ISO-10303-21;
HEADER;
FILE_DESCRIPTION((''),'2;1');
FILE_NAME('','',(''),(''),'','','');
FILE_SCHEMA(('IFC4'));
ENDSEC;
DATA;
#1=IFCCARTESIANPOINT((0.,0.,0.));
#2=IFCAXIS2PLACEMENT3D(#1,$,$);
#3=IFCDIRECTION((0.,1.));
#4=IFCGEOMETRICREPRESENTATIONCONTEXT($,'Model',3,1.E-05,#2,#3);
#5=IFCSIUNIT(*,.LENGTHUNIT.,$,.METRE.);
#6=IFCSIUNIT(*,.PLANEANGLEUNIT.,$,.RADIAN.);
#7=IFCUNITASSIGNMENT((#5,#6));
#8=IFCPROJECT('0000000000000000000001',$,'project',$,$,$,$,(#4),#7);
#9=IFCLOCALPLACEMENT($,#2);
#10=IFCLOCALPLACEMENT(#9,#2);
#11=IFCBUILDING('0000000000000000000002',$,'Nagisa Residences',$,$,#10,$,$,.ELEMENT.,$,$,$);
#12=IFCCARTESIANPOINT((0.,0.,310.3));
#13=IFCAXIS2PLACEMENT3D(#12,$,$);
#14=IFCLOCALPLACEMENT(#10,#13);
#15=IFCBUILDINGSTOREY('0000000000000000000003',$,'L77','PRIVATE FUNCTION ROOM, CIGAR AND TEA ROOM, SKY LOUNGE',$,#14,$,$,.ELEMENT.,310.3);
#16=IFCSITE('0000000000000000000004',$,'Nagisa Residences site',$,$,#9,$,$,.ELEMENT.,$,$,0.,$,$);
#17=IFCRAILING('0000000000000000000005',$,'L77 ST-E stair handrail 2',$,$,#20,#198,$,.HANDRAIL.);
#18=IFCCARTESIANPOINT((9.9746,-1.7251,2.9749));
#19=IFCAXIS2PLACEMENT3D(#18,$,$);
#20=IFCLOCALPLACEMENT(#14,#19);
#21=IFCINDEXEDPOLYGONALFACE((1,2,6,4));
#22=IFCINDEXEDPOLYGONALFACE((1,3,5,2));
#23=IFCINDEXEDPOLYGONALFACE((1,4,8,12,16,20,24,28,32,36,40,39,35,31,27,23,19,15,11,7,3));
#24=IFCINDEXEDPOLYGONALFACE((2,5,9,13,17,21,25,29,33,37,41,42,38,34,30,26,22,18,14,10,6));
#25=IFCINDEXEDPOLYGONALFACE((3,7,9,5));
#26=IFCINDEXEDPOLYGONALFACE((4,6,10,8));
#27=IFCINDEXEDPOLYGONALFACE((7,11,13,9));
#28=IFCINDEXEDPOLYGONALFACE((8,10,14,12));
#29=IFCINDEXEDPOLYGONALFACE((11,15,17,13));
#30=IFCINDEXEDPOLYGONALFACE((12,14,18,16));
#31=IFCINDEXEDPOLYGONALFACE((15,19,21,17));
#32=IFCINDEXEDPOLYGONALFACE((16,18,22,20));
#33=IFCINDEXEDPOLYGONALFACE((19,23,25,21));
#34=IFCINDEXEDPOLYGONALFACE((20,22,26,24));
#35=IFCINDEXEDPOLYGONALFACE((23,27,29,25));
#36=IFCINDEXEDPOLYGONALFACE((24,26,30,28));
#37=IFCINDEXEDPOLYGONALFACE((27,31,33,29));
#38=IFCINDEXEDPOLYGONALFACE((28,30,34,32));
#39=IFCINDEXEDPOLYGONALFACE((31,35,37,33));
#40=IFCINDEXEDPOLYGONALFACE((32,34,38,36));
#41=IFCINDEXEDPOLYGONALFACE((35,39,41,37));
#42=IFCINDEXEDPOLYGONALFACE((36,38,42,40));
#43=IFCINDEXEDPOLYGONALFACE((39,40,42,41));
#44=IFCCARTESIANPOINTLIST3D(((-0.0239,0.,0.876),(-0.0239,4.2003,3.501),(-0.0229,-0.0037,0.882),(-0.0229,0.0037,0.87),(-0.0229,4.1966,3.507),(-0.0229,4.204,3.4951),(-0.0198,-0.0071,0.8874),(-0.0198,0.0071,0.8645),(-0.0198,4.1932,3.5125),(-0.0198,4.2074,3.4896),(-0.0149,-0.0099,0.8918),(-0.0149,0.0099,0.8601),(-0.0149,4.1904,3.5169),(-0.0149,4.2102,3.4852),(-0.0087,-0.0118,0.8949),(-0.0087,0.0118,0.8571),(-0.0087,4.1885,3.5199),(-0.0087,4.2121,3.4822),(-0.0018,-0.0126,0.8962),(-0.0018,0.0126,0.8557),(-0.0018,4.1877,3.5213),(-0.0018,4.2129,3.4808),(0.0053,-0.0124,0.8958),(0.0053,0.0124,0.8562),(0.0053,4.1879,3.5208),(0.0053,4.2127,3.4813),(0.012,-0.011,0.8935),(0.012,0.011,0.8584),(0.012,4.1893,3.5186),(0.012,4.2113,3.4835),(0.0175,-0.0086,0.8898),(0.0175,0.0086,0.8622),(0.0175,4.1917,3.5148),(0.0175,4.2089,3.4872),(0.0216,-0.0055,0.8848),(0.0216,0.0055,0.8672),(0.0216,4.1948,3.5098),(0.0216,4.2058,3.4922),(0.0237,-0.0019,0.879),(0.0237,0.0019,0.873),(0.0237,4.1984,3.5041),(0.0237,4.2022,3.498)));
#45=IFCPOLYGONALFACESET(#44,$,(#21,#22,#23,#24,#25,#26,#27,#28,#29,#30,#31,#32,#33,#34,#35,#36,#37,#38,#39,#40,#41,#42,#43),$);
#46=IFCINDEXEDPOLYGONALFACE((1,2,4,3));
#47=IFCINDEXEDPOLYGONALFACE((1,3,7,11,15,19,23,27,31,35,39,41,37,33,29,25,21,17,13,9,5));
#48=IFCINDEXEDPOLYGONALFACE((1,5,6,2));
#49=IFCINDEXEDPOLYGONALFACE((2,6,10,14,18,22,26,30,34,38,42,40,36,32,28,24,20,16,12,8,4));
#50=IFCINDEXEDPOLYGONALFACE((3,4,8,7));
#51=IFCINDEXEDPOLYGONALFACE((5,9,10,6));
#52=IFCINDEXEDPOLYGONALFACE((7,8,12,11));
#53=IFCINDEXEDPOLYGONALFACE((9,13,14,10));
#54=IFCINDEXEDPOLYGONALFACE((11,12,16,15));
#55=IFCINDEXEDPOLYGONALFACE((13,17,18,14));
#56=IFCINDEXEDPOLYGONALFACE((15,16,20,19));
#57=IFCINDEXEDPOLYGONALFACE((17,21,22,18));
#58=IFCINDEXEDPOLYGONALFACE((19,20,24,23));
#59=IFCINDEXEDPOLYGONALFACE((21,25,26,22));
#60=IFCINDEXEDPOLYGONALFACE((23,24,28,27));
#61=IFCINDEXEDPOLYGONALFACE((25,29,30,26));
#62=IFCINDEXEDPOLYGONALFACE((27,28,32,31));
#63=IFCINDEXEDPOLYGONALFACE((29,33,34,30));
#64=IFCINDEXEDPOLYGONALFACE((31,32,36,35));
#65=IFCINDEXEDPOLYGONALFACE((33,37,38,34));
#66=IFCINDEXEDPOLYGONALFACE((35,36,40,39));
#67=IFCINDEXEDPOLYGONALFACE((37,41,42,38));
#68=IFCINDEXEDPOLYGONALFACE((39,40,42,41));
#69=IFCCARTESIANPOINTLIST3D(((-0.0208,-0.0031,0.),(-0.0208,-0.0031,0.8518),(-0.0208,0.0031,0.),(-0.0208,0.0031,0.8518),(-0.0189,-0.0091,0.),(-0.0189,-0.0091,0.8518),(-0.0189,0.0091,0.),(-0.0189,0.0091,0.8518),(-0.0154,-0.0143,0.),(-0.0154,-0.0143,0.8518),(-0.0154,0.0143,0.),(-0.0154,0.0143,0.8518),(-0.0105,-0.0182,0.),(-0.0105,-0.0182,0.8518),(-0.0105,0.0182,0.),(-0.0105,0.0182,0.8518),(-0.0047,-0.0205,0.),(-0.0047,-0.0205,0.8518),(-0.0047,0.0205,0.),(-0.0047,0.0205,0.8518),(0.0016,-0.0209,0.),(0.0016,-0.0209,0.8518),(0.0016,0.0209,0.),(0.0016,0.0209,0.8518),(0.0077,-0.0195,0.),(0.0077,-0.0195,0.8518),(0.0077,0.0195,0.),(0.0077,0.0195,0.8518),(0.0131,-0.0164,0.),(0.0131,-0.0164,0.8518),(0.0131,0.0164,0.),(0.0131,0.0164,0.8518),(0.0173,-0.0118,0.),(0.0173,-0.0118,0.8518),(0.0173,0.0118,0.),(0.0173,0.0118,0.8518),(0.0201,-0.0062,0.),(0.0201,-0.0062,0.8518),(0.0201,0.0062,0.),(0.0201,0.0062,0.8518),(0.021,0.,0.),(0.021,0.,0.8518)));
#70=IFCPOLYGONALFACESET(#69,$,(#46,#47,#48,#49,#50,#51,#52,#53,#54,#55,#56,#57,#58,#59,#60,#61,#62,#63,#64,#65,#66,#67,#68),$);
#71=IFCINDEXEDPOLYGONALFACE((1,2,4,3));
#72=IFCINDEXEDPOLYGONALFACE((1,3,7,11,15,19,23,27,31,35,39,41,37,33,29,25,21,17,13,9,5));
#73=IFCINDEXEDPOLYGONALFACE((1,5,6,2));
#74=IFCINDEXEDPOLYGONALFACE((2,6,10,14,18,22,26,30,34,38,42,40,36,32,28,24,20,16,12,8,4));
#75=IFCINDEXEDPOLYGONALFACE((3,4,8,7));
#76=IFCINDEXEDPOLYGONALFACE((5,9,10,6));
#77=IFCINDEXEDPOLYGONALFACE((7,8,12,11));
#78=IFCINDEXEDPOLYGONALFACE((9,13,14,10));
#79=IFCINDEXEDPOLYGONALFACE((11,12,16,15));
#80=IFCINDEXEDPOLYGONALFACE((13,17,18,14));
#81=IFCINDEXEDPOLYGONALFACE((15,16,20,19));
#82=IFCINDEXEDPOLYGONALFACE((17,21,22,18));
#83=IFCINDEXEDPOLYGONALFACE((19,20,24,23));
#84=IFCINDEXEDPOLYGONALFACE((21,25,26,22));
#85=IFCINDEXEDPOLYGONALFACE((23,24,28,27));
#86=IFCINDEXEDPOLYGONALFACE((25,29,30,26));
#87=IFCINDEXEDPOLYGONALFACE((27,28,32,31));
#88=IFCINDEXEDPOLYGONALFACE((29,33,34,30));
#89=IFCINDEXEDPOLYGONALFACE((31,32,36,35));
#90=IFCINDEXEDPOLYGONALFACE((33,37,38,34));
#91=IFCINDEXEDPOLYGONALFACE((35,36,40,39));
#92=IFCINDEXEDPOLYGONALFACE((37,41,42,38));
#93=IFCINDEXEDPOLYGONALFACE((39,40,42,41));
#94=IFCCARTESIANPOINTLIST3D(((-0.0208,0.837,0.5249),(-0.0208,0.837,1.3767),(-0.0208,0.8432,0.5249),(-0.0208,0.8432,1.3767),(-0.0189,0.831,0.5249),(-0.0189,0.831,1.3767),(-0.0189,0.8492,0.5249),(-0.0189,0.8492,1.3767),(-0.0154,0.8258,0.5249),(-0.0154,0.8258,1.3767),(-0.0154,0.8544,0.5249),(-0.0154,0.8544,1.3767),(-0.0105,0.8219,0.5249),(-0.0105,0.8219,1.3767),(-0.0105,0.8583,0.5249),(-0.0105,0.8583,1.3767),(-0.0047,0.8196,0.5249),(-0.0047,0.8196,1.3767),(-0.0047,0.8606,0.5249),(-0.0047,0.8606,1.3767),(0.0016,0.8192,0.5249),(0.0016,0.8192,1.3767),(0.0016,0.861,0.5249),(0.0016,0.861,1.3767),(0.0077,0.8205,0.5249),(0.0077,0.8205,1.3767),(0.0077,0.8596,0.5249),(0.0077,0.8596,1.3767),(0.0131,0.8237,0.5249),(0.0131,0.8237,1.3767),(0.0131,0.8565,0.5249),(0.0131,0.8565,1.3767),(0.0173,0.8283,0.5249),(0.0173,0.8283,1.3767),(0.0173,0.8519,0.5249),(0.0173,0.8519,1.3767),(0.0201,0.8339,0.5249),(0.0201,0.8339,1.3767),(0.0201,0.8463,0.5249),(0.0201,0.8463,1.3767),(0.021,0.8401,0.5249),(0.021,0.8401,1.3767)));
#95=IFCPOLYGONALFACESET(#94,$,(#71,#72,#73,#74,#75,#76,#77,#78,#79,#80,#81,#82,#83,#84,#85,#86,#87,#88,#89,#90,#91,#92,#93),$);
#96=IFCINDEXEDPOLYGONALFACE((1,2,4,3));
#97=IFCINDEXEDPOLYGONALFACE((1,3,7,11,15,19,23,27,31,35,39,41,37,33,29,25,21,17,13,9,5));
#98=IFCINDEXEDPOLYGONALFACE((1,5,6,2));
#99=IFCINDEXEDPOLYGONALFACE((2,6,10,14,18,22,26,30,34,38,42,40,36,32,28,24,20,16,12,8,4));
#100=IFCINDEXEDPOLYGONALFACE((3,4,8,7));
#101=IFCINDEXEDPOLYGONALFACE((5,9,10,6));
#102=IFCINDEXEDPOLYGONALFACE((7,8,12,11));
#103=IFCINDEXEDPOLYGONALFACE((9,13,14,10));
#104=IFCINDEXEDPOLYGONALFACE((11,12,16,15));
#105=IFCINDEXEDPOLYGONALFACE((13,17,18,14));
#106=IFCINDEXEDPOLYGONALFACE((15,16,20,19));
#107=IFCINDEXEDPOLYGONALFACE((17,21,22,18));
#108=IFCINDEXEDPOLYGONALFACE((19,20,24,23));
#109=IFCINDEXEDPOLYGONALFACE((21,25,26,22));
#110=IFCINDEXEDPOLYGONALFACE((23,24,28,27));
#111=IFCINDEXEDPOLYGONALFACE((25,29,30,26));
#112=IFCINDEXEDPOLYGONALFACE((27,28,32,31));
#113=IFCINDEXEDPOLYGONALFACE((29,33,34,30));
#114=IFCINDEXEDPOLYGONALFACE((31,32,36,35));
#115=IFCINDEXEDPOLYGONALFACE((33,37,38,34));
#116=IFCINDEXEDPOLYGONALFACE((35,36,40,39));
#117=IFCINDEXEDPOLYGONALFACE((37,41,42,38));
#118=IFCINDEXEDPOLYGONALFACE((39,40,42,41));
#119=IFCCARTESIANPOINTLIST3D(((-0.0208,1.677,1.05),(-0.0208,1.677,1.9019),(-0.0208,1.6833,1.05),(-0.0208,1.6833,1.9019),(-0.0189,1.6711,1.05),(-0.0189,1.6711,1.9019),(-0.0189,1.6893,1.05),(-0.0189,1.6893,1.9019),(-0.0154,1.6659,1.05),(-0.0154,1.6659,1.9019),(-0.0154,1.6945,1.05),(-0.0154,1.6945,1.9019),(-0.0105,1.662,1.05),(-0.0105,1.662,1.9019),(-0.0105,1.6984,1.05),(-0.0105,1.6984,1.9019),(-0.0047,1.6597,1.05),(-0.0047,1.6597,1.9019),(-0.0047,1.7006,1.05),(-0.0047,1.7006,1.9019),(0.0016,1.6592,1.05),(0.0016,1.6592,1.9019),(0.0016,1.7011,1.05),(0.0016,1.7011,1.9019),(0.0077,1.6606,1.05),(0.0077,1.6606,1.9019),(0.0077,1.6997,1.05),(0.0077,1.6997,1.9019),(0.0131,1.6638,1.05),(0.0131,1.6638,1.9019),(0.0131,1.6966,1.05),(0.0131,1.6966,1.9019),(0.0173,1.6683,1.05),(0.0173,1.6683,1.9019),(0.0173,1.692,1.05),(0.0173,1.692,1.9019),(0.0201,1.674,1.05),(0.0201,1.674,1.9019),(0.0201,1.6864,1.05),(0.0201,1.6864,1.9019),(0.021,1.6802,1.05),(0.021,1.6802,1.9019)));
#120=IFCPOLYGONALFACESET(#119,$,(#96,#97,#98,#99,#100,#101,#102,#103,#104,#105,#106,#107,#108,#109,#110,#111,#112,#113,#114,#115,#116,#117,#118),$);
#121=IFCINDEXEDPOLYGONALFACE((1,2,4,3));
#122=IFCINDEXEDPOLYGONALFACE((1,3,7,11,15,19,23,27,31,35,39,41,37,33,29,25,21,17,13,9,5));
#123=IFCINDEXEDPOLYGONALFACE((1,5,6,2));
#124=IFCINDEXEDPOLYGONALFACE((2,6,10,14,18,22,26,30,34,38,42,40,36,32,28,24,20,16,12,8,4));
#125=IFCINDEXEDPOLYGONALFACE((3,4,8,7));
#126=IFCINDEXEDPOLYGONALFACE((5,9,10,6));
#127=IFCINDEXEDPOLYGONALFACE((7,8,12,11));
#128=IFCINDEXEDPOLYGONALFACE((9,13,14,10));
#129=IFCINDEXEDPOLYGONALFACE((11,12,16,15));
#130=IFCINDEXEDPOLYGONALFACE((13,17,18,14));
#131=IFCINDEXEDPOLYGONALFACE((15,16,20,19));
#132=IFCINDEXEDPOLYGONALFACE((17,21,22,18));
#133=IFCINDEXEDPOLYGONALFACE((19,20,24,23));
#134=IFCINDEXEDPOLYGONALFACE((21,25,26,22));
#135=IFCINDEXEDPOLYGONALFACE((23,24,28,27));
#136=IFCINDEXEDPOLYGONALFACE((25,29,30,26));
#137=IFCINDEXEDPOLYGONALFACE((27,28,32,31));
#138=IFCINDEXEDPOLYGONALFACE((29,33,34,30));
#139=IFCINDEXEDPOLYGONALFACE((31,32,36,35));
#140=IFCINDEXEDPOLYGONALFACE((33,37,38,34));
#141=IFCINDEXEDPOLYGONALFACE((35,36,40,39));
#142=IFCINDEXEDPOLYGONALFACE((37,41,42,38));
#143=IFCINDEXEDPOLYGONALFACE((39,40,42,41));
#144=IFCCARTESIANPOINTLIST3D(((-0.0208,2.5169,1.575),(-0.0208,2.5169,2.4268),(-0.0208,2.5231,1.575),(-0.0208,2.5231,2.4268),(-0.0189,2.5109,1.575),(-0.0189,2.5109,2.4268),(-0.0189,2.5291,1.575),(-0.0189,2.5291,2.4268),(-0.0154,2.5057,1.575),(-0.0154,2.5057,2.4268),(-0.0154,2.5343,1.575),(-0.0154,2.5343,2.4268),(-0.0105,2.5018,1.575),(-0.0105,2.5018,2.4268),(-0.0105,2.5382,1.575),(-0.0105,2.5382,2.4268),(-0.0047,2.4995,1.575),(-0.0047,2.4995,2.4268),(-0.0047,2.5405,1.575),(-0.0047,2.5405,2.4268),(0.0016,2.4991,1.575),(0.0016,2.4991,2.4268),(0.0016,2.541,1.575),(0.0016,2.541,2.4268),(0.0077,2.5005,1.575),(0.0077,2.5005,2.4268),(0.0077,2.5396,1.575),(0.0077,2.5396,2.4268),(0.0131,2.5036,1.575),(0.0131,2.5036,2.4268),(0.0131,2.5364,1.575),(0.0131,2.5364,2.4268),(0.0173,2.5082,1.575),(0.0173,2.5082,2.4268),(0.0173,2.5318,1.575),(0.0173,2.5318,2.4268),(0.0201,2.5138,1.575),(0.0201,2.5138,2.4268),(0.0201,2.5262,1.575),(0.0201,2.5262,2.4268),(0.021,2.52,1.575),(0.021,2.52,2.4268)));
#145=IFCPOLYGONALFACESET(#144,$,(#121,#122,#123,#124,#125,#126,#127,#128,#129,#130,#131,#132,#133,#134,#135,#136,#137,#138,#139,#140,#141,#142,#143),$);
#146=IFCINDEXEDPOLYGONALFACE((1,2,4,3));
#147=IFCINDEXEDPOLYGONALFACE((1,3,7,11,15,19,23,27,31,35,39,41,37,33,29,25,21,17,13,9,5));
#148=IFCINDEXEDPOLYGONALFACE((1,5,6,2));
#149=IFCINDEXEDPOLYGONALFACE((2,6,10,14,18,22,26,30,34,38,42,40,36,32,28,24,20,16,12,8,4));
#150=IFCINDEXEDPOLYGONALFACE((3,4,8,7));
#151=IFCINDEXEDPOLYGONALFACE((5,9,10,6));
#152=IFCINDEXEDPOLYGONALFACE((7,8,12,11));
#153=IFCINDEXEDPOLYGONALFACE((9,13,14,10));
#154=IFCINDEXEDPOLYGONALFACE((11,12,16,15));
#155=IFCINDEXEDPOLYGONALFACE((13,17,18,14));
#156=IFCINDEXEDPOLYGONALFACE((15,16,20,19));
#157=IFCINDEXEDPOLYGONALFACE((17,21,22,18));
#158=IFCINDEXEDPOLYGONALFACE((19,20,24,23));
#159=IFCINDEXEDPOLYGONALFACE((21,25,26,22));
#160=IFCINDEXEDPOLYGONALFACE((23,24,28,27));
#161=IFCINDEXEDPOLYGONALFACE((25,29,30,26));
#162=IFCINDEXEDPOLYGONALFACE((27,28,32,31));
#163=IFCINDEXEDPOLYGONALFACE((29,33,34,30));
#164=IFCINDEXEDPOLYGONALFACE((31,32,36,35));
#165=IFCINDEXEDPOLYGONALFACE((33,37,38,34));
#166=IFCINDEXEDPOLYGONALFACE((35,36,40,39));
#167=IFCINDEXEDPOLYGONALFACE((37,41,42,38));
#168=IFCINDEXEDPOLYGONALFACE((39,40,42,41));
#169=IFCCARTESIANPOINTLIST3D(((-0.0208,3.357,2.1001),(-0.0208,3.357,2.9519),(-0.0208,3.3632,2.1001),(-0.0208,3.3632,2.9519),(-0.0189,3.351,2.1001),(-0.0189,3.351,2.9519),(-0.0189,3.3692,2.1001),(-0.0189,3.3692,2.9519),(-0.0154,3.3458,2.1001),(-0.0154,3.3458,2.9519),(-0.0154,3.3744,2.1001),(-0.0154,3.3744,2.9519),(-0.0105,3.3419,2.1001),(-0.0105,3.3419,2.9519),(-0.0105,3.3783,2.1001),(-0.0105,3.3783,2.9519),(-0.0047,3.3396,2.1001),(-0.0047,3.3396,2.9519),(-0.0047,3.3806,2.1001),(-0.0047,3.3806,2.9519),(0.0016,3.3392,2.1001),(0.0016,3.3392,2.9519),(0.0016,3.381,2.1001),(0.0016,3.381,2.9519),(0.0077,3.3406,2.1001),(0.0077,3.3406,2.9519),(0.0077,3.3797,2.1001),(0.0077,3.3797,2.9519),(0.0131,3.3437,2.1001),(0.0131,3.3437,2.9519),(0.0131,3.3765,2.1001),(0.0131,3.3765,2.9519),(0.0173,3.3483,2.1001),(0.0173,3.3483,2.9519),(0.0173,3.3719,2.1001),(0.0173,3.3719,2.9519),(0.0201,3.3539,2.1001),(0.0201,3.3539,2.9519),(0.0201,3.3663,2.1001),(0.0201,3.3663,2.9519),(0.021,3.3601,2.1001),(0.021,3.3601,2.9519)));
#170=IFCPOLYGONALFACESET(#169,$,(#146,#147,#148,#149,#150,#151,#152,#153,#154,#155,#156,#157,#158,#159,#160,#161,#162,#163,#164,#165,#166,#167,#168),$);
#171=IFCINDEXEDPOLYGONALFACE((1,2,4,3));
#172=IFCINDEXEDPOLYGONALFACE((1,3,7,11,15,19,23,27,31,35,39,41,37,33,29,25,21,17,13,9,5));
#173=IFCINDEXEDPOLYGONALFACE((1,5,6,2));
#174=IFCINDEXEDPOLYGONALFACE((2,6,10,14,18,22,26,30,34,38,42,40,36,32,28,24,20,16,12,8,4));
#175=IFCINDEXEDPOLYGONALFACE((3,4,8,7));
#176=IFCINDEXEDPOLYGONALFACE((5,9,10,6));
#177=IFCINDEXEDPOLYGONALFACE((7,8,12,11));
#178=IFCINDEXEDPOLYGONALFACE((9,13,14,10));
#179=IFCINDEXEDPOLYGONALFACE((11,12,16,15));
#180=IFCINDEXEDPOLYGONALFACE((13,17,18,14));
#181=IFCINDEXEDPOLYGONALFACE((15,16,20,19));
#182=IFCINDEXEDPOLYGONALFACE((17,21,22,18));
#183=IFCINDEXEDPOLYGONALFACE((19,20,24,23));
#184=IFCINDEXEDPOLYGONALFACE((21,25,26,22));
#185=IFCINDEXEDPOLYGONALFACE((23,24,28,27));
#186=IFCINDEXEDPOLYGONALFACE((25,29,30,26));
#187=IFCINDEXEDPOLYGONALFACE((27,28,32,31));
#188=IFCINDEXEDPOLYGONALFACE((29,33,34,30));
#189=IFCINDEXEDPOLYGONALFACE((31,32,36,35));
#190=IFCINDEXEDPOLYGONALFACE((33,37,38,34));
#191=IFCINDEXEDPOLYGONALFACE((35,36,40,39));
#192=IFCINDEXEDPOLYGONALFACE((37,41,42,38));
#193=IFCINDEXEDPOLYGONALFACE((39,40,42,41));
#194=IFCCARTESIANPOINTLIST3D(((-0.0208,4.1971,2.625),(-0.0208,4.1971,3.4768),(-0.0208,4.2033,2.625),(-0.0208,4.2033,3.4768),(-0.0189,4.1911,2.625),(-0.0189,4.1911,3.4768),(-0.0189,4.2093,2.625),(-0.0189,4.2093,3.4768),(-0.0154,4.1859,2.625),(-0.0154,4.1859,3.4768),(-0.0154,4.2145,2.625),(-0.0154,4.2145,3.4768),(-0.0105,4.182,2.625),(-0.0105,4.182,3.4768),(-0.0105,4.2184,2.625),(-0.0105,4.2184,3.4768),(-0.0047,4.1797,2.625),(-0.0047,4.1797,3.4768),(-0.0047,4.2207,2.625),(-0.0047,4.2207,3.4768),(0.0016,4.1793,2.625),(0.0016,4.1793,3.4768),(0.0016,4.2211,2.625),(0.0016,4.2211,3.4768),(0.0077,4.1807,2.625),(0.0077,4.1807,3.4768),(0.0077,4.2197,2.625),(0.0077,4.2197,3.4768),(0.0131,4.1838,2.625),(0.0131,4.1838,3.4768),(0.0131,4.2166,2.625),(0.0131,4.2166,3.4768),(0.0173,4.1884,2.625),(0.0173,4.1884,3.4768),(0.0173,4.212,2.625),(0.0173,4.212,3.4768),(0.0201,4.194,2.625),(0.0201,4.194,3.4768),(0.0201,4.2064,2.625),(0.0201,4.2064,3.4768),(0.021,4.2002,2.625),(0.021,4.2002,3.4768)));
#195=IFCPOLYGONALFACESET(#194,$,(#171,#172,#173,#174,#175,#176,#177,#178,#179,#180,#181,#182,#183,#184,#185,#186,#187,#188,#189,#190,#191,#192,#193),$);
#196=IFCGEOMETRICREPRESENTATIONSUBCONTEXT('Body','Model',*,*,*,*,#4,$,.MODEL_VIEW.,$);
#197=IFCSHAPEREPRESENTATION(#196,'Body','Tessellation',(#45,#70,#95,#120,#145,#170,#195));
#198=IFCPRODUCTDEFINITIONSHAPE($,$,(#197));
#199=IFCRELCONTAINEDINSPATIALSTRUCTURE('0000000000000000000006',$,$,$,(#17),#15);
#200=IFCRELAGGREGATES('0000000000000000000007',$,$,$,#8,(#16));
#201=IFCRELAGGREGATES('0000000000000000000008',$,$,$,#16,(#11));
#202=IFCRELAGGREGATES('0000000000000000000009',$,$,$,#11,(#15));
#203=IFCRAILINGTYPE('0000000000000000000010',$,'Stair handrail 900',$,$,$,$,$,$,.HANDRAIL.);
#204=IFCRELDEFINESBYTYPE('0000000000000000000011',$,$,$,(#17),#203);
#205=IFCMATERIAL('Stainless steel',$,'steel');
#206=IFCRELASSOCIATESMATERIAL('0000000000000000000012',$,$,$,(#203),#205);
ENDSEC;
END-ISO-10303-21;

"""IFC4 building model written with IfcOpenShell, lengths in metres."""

from ifc_helpers import new_model, si_unit, direction, frame, origin, origin_2d, place, context, subcontext, project, spatial, circle, extrude, material, type_object, element, save


model = new_model("IFC4")

# Units and contexts
model_context = context("Model", 3, precision=1e-05, world=origin(), true_north=direction((0.0, 1.0)))
body_context = subcontext(model_context, "Body", "Model", "MODEL_VIEW")
ifc_project = project(units=[si_unit("LENGTHUNIT", "METRE"), si_unit("PLANEANGLEUNIT", "RADIAN")], contexts=[model_context])

# Site, building, storey
site_placement = place(None, origin())
site = spatial("IfcSite", under=ifc_project, at=site_placement, Name="Nagisa Residences site", CompositionType="ELEMENT", RefElevation=0.0)
building_placement = place(site_placement, origin())
building = spatial("IfcBuilding", under=site, at=building_placement, Name="Nagisa Residences", CompositionType="ELEMENT")
storey_placement = place(building_placement, frame((0.0, 0.0, 310.3)))
storey = spatial("IfcBuildingStorey", under=building, at=storey_placement, Name="L77", Description="PRIVATE FUNCTION ROOM, CIGAR AND TEA ROOM, SKY LOUNGE", CompositionType="ELEMENT", Elevation=310.3)

# Railing
ifc_material_1 = material(Name="Stainless steel", Category="steel")
railing_type_1 = type_object("IfcRailingType", Name="Stair handrail 900", PredefinedType="HANDRAIL", material=ifc_material_1)
railing_1_placement = place(storey_placement, frame((9.9746, -1.7251, 2.9749)))
element("IfcRailing", 1, at=railing_1_placement, inside=storey, type_object=railing_type_1, Name="L77 ST-E stair handrail 2", PredefinedType="HANDRAIL", context=body_context, shape_type="SweptSolid", body=[
    extrude(circle(Radius=0.0239, at=origin_2d()), frame((0.0, 0.0, 0.876), z_axis=(0.0, 0.848009, 0.529981), x_axis=(-1.0, 0.0, 0.0)), (0.0, 0.0, 1.0), 4.9531),
    extrude(circle(Radius=0.021, at=origin_2d()), origin(), (0.0, 0.0, 1.0), 0.8518),
    extrude(circle(Radius=0.021, at=origin_2d()), frame((0.0, 0.8401, 0.5249)), (0.0, 0.0, 1.0), 0.8518),
    extrude(circle(Radius=0.021, at=origin_2d()), frame((0.0, 1.6802, 1.05)), (0.0, 0.0, 1.0), 0.8518),
    extrude(circle(Radius=0.021, at=origin_2d()), frame((0.0, 2.52, 1.575)), (0.0, 0.0, 1.0), 0.8518),
    extrude(circle(Radius=0.021, at=origin_2d()), frame((0.0, 3.3601, 2.1001)), (0.0, 0.0, 1.0), 0.8518),
    extrude(circle(Radius=0.021, at=origin_2d()), frame((0.0, 4.2002, 2.625)), (0.0, 0.0, 1.0), 0.8518),
])

save(model, "model.ifc")
